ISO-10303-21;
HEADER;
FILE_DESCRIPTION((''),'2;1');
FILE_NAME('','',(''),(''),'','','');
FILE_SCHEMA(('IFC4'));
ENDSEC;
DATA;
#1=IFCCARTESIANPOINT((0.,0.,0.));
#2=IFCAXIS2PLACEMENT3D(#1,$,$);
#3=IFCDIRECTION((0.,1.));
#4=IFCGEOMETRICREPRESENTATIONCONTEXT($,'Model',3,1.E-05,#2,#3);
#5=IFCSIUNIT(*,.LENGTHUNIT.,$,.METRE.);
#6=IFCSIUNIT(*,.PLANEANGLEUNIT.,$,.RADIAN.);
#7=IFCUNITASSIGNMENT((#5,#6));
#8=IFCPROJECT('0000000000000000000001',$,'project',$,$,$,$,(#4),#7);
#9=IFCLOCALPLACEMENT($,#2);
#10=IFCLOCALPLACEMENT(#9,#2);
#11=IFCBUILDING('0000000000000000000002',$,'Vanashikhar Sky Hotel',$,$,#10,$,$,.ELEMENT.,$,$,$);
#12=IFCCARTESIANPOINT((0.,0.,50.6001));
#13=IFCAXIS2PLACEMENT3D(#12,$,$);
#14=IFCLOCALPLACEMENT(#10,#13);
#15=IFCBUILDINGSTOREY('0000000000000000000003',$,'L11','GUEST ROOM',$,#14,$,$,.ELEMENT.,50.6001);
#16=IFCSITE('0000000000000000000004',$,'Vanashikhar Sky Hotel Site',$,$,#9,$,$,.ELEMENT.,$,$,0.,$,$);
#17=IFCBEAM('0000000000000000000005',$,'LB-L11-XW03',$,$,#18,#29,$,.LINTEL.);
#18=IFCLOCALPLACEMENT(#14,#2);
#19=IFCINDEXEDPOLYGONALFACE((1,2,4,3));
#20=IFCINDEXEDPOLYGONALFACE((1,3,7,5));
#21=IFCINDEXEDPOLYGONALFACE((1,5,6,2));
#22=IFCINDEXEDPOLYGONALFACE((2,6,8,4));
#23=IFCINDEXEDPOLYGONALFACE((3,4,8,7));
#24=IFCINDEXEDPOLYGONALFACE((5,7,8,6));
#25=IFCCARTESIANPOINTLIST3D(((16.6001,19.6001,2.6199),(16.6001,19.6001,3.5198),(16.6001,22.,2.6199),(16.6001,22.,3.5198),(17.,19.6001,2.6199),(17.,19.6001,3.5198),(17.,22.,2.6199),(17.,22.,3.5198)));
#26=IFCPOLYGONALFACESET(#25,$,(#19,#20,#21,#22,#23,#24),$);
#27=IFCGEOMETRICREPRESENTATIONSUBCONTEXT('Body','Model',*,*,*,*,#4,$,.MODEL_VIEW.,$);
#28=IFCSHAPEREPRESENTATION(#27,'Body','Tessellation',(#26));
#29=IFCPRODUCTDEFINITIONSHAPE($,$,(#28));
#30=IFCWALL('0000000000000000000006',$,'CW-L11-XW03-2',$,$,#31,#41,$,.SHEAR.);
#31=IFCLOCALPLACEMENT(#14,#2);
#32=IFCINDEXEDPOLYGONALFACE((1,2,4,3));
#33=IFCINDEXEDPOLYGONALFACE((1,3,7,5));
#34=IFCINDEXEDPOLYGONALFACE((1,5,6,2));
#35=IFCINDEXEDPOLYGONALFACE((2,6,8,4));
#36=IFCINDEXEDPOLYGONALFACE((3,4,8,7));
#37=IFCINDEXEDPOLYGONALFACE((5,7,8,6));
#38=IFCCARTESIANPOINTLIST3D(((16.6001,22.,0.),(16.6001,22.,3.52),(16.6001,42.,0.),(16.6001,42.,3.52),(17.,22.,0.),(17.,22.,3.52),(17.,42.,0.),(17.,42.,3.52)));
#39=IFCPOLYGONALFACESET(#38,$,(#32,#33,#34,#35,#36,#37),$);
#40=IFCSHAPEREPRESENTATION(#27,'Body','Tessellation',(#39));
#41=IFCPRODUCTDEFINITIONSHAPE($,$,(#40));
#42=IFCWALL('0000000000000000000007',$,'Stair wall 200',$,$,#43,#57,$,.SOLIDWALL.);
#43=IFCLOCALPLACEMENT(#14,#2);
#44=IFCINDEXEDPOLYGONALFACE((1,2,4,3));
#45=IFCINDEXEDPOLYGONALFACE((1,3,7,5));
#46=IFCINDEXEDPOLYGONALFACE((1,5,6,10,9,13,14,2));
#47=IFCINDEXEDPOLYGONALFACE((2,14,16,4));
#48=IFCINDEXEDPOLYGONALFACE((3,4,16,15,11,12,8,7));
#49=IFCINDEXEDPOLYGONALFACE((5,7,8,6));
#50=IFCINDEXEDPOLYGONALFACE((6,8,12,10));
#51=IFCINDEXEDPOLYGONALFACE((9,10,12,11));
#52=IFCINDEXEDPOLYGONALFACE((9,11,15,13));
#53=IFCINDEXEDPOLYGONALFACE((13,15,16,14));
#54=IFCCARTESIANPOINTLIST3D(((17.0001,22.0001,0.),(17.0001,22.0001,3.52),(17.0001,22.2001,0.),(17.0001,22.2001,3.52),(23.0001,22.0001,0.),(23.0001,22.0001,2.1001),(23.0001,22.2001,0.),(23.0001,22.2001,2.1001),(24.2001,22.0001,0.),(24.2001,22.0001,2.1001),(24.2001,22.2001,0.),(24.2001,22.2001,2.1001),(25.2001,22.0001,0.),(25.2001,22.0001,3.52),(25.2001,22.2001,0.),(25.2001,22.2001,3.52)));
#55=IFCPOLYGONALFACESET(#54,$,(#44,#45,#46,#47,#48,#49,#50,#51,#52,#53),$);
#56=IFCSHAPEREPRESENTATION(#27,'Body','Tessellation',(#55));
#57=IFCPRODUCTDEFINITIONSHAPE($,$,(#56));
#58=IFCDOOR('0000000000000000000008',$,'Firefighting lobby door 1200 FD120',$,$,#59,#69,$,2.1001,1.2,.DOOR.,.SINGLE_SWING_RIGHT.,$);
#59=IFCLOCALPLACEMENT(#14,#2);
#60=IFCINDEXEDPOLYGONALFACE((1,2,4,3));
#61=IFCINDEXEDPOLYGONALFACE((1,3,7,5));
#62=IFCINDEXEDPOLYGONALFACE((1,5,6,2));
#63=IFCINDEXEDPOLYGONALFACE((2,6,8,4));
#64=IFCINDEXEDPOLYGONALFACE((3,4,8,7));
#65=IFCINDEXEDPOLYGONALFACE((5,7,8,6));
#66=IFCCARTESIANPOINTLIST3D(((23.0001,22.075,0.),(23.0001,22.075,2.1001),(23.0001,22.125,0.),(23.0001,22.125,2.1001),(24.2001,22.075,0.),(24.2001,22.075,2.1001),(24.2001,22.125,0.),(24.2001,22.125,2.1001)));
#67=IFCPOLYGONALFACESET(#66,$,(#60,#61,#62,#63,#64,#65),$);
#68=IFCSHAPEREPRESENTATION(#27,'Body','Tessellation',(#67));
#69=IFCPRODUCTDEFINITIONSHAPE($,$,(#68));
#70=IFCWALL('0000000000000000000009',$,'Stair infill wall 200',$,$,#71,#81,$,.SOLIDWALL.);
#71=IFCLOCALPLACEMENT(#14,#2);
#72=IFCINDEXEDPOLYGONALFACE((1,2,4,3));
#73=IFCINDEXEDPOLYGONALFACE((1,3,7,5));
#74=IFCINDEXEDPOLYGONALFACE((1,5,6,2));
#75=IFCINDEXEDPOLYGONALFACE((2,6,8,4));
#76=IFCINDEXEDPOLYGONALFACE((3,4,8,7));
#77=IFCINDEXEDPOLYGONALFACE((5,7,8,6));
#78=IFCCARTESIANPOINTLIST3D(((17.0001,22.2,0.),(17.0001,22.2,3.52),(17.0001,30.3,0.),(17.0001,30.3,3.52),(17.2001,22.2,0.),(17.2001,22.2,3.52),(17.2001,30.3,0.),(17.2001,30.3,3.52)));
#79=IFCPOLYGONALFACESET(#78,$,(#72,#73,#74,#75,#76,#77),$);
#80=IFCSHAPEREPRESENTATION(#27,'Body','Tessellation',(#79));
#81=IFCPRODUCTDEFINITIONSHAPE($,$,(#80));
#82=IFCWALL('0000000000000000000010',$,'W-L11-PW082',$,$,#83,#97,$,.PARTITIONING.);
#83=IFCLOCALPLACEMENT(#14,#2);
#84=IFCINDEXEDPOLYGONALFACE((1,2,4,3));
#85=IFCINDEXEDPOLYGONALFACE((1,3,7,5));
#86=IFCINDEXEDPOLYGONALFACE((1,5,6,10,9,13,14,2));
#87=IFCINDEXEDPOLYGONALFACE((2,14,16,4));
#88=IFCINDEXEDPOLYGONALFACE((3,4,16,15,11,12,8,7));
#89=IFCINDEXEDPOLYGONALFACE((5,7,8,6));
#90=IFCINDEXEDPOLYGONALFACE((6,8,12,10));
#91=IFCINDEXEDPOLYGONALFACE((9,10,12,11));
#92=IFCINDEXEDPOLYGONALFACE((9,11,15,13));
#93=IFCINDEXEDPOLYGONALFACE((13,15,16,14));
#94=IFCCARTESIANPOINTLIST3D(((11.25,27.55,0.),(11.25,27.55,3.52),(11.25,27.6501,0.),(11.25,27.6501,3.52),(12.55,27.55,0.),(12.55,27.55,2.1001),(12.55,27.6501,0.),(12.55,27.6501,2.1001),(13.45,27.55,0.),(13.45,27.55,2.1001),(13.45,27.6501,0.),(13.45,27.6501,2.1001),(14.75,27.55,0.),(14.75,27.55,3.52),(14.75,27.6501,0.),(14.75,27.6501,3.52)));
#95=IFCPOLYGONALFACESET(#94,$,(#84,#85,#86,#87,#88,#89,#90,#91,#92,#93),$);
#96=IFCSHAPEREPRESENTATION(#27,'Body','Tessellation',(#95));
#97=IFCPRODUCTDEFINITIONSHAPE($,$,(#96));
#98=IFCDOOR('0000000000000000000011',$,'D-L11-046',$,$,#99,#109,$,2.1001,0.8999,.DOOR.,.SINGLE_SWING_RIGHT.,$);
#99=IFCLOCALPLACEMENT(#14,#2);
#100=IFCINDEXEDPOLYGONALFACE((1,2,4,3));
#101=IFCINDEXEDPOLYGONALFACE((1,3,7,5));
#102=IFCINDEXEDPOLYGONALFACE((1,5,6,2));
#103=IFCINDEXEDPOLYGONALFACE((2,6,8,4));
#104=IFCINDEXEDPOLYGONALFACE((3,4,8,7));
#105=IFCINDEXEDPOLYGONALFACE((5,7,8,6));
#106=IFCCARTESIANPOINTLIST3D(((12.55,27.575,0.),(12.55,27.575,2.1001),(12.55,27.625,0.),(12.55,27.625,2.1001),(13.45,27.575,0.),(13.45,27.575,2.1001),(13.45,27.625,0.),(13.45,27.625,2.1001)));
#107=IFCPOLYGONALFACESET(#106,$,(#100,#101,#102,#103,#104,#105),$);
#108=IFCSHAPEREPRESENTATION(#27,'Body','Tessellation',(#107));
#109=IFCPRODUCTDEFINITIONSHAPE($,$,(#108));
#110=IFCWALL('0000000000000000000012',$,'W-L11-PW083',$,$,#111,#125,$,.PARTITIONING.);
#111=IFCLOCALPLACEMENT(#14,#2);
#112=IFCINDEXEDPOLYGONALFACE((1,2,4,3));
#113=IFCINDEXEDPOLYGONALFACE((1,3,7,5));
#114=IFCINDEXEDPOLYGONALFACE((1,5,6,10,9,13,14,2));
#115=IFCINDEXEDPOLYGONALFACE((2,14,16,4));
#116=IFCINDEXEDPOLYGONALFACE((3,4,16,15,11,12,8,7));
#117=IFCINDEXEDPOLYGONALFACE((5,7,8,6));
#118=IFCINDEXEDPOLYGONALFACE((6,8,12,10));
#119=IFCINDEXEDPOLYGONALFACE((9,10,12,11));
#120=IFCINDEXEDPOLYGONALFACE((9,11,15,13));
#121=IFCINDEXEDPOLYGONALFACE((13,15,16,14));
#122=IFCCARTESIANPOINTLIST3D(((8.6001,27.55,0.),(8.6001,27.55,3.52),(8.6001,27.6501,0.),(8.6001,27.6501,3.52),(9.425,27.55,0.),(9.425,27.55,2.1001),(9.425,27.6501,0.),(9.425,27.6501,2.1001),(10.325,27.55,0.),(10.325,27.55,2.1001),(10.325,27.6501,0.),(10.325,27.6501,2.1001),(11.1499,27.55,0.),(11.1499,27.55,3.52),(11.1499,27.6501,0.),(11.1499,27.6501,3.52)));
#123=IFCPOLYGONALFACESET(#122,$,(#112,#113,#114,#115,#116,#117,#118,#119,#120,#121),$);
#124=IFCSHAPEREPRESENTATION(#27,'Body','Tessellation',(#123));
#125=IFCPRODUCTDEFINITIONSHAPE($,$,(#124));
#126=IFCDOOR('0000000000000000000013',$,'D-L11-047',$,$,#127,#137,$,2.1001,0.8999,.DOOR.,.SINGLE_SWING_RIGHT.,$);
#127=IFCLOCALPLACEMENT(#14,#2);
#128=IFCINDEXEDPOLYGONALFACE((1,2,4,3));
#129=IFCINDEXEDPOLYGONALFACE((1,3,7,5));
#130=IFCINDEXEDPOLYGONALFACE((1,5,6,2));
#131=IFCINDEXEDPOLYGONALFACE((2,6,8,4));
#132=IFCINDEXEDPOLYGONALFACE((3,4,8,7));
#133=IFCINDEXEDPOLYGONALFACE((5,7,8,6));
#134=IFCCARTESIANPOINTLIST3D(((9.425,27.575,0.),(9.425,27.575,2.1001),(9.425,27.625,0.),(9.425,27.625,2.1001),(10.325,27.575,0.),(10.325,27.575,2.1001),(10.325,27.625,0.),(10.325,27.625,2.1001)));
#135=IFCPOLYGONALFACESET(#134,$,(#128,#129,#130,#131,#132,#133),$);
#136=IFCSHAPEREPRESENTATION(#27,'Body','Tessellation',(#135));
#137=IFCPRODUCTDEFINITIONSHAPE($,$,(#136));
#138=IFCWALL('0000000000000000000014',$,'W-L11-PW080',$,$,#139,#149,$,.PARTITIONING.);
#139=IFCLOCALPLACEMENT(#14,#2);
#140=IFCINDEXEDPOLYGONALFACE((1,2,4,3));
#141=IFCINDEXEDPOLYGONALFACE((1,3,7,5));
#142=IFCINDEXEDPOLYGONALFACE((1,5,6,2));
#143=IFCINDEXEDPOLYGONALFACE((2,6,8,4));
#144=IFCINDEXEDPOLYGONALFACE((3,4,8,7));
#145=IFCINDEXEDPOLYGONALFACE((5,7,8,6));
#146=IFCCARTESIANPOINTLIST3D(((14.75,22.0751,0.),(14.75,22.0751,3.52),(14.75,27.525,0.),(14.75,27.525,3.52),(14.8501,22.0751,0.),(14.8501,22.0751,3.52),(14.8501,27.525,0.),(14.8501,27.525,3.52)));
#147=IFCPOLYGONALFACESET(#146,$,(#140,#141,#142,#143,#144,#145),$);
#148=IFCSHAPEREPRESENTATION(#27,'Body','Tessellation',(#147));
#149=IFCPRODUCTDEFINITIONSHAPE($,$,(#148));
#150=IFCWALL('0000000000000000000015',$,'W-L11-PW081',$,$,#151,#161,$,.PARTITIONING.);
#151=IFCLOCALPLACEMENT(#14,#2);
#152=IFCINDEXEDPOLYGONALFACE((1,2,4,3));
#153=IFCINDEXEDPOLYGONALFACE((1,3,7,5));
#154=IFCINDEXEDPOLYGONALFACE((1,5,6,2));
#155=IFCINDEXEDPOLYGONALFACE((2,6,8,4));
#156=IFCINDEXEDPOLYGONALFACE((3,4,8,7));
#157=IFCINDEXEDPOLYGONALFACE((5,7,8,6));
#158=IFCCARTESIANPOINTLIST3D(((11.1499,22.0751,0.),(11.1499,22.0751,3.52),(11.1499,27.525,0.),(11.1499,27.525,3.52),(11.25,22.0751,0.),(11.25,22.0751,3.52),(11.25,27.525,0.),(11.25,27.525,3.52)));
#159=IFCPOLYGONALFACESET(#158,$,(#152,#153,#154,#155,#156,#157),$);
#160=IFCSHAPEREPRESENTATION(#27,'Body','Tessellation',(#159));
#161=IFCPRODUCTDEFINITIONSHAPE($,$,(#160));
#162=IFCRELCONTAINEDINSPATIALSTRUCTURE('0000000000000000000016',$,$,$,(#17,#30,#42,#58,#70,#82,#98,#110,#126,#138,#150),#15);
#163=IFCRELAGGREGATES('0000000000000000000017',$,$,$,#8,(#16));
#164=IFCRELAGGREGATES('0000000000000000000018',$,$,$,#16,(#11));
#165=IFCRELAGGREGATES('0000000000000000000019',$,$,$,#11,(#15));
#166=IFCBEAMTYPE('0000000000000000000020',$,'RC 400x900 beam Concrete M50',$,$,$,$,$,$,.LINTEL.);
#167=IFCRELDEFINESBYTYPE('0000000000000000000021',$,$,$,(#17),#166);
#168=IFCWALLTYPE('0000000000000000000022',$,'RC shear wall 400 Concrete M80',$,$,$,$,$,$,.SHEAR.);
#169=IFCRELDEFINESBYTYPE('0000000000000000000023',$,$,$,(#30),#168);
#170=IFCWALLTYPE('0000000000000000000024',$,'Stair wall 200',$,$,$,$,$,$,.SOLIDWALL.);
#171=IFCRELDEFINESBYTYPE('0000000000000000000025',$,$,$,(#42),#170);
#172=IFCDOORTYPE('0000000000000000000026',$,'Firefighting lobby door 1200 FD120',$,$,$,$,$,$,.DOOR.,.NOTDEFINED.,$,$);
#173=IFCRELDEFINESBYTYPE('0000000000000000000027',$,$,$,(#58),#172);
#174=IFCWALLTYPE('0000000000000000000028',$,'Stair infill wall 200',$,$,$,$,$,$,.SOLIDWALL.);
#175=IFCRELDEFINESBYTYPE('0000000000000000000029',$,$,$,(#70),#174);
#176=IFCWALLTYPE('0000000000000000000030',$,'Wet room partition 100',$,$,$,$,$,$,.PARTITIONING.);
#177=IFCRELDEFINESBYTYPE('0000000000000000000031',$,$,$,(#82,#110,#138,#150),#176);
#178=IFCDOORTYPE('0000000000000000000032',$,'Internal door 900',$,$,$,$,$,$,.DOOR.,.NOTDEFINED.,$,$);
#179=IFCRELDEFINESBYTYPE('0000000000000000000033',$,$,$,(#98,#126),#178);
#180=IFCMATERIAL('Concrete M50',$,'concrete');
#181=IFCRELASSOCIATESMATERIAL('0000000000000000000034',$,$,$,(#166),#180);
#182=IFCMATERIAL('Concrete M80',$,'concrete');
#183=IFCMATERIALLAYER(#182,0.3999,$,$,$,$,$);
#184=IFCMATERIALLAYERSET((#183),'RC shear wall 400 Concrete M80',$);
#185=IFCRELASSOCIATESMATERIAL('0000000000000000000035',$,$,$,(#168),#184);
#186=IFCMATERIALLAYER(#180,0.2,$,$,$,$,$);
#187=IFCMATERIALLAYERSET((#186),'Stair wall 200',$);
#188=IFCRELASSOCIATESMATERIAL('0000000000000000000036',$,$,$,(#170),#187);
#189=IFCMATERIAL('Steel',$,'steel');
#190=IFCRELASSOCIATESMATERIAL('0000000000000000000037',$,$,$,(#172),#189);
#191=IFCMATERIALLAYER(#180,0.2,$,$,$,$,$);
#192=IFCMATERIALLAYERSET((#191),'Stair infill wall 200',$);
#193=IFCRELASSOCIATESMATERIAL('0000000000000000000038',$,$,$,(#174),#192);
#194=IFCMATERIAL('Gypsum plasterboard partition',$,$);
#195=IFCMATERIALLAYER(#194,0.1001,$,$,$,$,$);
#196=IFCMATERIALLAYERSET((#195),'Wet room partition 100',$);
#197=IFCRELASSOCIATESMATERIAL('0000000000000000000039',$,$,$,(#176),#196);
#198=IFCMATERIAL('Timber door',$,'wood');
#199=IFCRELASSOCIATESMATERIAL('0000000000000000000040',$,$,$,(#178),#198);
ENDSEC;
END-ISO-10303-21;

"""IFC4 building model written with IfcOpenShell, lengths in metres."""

from ifc_helpers import new_model, si_unit, direction, frame, frame_2d, origin, origin_2d, place, context, subcontext, project, spatial, rectangle, extrude, source, transform, mapped, material, layer, layer_set, material_profile, profile_set, type_object, element, fill, save


model = new_model("IFC4")

# Units and contexts
model_context = context("Model", 3, precision=1e-05, world=origin(), true_north=direction((0.0, 1.0)))
body_context = subcontext(model_context, "Body", "Model", "MODEL_VIEW")
ifc_project = project(units=[si_unit("LENGTHUNIT", "METRE"), si_unit("PLANEANGLEUNIT", "RADIAN")], contexts=[model_context])

# Site, building, storey
site_placement = place(None, origin())
site = spatial("IfcSite", under=ifc_project, at=site_placement, Name="Vanashikhar Sky Hotel Site", CompositionType="ELEMENT", RefElevation=0.0)
building_placement = place(site_placement, origin())
building = spatial("IfcBuilding", under=site, at=building_placement, Name="Vanashikhar Sky Hotel", CompositionType="ELEMENT")
storey_placement = place(building_placement, frame((0.0, 0.0, 50.6001)))
storey = spatial("IfcBuildingStorey", under=building, at=storey_placement, Name="L11", Description="GUEST ROOM", CompositionType="ELEMENT", Elevation=50.6001)

# Beam
ifc_material_1 = material(Name="Concrete M50", Category="concrete")
ifc_material_profile = material_profile(ifc_material_1, rectangle(XDim=0.3999, YDim=0.8999, at=origin_2d()))
ifc_profile_set = profile_set([ifc_material_profile], Name="RC 400x900 beam Concrete M50")
beam_type = type_object("IfcBeamType", Name="RC 400x900 beam Concrete M50", PredefinedType="LINTEL", material=ifc_profile_set)
shared_shape_1 = source(origin(), body_context, "Body", "SweptSolid", [
    extrude(rectangle(XDim=0.3999, YDim=0.8999, at=origin_2d()), origin(), (0.0, 0.0, 1.0), 2.3999),
])
beam_placement = place(storey_placement, frame((16.8, 19.6001, 3.0698), z_axis=(0.0, 1.0, 0.0), x_axis=(-1.0, 0.0, 0.0)))
element("IfcBeam", 1, at=beam_placement, inside=storey, type_object=beam_type, Name="LB-L11-XW03", PredefinedType="LINTEL", context=body_context, shape_type="MappedRepresentation", body=[
    mapped(shared_shape_1, transform((0.0, 0.0, 0.0), scale=1.0)),
])

# Wall
ifc_material_2 = material(Name="Concrete M80", Category="concrete")
ifc_layer_1 = layer(ifc_material_2, 0.3999)
ifc_layer_set_1 = layer_set([ifc_layer_1], Name="RC shear wall 400 Concrete M80")
wall_type_1 = type_object("IfcWallType", Name="RC shear wall 400 Concrete M80", PredefinedType="SHEAR", material=ifc_layer_set_1)
shared_shape_2 = source(origin(), body_context, "Body", "SweptSolid", [
    extrude(rectangle(XDim=20.0, YDim=0.3999, at=frame_2d((10.0, 0.0))), origin(), (0.0, 0.0, 1.0), 3.52),
])
wall_1_placement = place(storey_placement, frame((16.8, 22.0, 0.0), z_axis=(0.0, 0.0, 1.0), x_axis=(0.0, 1.0, 0.0)))
element("IfcWall", 2, at=wall_1_placement, inside=storey, type_object=wall_type_1, Name="CW-L11-XW03-2", PredefinedType="SHEAR", context=body_context, shape_type="MappedRepresentation", body=[
    mapped(shared_shape_2, transform((0.0, 0.0, 0.0), scale=1.0)),
])

# Wall, opening, door
ifc_layer_2 = layer(ifc_material_1, 0.2)
ifc_layer_set_2 = layer_set([ifc_layer_2], Name="Stair wall 200")
wall_type_2 = type_object("IfcWallType", Name="Stair wall 200", PredefinedType="SOLIDWALL", material=ifc_layer_set_2)
shared_shape_3 = source(origin(), body_context, "Body", "SweptSolid", [
    extrude(rectangle(XDim=8.2, YDim=0.2, at=frame_2d((4.1001, 0.0))), origin(), (0.0, 0.0, 1.0), 3.52),
])
wall_2_placement = place(storey_placement, frame((17.0, 22.1001, 0.0), z_axis=(0.0, 0.0, 1.0), x_axis=(1.0, 0.0, 0.0)))
wall_2 = element("IfcWall", 3, at=wall_2_placement, inside=storey, type_object=wall_type_2, Name="Stair wall 200", PredefinedType="SOLIDWALL", context=body_context, shape_type="MappedRepresentation", body=[
    mapped(shared_shape_3, transform((0.0, 0.0, 0.0), scale=1.0)),
])
shared_shape_4 = source(origin(), body_context, "Body", "SweptSolid", [
    extrude(rectangle(XDim=1.2, YDim=2.1001, at=frame_2d((0.6001, 1.05))), frame((0.0, 0.1099, 0.0), z_axis=(0.0, -1.0, 0.0), x_axis=(1.0, 0.0, 0.0)), (0.0, 0.0, 1.0), 0.22),
])
opening_1_placement = place(wall_2_placement, frame((6.0, 0.0, 0.0)))
opening_1 = element("IfcOpeningElement", 4, at=opening_1_placement, cuts=wall_2, PredefinedType="OPENING", context=body_context, shape_type="MappedRepresentation", body=[
    mapped(shared_shape_4, transform((0.0, 0.0, 0.0), scale=1.0)),
])
ifc_material_3 = material(Name="Steel", Category="steel")
door_type_1 = type_object("IfcDoorType", Name="Firefighting lobby door 1200 FD120", OperationType="NOTDEFINED", PredefinedType="DOOR", material=ifc_material_3)
shared_shape_5 = source(origin(), body_context, "Body", "SweptSolid", [
    extrude(rectangle(XDim=1.2, YDim=2.1001, at=frame_2d((0.6001, 1.05))), frame((0.0, 0.0249, 0.0), z_axis=(0.0, -1.0, 0.0), x_axis=(1.0, 0.0, 0.0)), (0.0, 0.0, 1.0), 0.05),
])
door_1_placement = place(opening_1_placement, origin())
door_1 = element("IfcDoor", 5, at=door_1_placement, inside=storey, type_object=door_type_1, Name="Firefighting lobby door 1200 FD120", OperationType="SINGLE_SWING_RIGHT", OverallHeight=2.1001, OverallWidth=1.2, PredefinedType="DOOR", context=body_context, shape_type="MappedRepresentation", body=[
    mapped(shared_shape_5, transform((0.0, 0.0, 0.0), scale=1.0)),
])
fill(opening_1, door_1)

# Wall
ifc_layer_3 = layer(ifc_material_1, 0.2)
ifc_layer_set_3 = layer_set([ifc_layer_3], Name="Stair infill wall 200")
wall_type_3 = type_object("IfcWallType", Name="Stair infill wall 200", PredefinedType="SOLIDWALL", material=ifc_layer_set_3)
shared_shape_6 = source(origin(), body_context, "Body", "SweptSolid", [
    extrude(rectangle(XDim=8.1001, YDim=0.2, at=frame_2d((4.05, 0.0))), origin(), (0.0, 0.0, 1.0), 3.52),
])
wall_3_placement = place(storey_placement, frame((17.1001, 22.2, 0.0), z_axis=(0.0, 0.0, 1.0), x_axis=(0.0, 1.0, 0.0)))
element("IfcWall", 6, at=wall_3_placement, inside=storey, type_object=wall_type_3, Name="Stair infill wall 200", PredefinedType="SOLIDWALL", context=body_context, shape_type="MappedRepresentation", body=[
    mapped(shared_shape_6, transform((0.0, 0.0, 0.0), scale=1.0)),
])

# Walls, openings, doors
ifc_material_4 = material(Name="Gypsum plasterboard partition")
ifc_layer_4 = layer(ifc_material_4, 0.1001)
ifc_layer_set_4 = layer_set([ifc_layer_4], Name="Wet room partition 100")
wall_type_4 = type_object("IfcWallType", Name="Wet room partition 100", PredefinedType="PARTITIONING", material=ifc_layer_set_4)
shared_shape_7 = source(origin(), body_context, "Body", "SweptSolid", [
    extrude(rectangle(XDim=3.5, YDim=0.1001, at=frame_2d((1.75, 0.0))), origin(), (0.0, 0.0, 1.0), 3.52),
])
wall_4_placement = place(storey_placement, frame((11.25, 27.6001, 0.0), z_axis=(0.0, 0.0, 1.0), x_axis=(1.0, 0.0, 0.0)))
wall_4 = element("IfcWall", 7, at=wall_4_placement, inside=storey, type_object=wall_type_4, Name="W-L11-PW082", PredefinedType="PARTITIONING", context=body_context, shape_type="MappedRepresentation", body=[
    mapped(shared_shape_7, transform((0.0, 0.0, 0.0), scale=1.0)),
])
shared_shape_8 = source(origin(), body_context, "Body", "SweptSolid", [
    extrude(rectangle(XDim=0.8999, YDim=2.1001, at=frame_2d((0.45, 1.05))), frame((0.0, 0.0601, 0.0), z_axis=(0.0, -1.0, 0.0), x_axis=(1.0, 0.0, 0.0)), (0.0, 0.0, 1.0), 0.1201),
])
opening_2_placement = place(wall_4_placement, frame((1.3, 0.0, 0.0)))
opening_2 = element("IfcOpeningElement", 8, at=opening_2_placement, cuts=wall_4, PredefinedType="OPENING", context=body_context, shape_type="MappedRepresentation", body=[
    mapped(shared_shape_8, transform((0.0, 0.0, 0.0), scale=1.0)),
])
ifc_material_5 = material(Name="Timber door", Category="wood")
door_type_2 = type_object("IfcDoorType", Name="Internal door 900", OperationType="NOTDEFINED", PredefinedType="DOOR", material=ifc_material_5)
shared_shape_9 = source(origin(), body_context, "Body", "SweptSolid", [
    extrude(rectangle(XDim=0.8999, YDim=2.1001, at=frame_2d((0.45, 1.05))), frame((0.0, 0.0249, 0.0), z_axis=(0.0, -1.0, 0.0), x_axis=(1.0, 0.0, 0.0)), (0.0, 0.0, 1.0), 0.05),
])
door_2_placement = place(opening_2_placement, origin())
door_2 = element("IfcDoor", 9, at=door_2_placement, inside=storey, type_object=door_type_2, Name="D-L11-046", OperationType="SINGLE_SWING_RIGHT", OverallHeight=2.1001, OverallWidth=0.8999, PredefinedType="DOOR", context=body_context, shape_type="MappedRepresentation", body=[
    mapped(shared_shape_9, transform((0.0, 0.0, 0.0), scale=1.0)),
])
fill(opening_2, door_2)
shared_shape_10 = source(origin(), body_context, "Body", "SweptSolid", [
    extrude(rectangle(XDim=2.5498, YDim=0.1001, at=frame_2d((1.2749, 0.0))), origin(), (0.0, 0.0, 1.0), 3.52),
])
wall_5_placement = place(storey_placement, frame((8.6001, 27.6001, 0.0), z_axis=(0.0, 0.0, 1.0), x_axis=(1.0, 0.0, 0.0)))
wall_5 = element("IfcWall", 10, at=wall_5_placement, inside=storey, type_object=wall_type_4, Name="W-L11-PW083", PredefinedType="PARTITIONING", context=body_context, shape_type="MappedRepresentation", body=[
    mapped(shared_shape_10, transform((0.0, 0.0, 0.0), scale=1.0)),
])
opening_3_placement = place(wall_5_placement, frame((0.825, 0.0, 0.0)))
opening_3 = element("IfcOpeningElement", 11, at=opening_3_placement, cuts=wall_5, PredefinedType="OPENING", context=body_context, shape_type="MappedRepresentation", body=[
    mapped(shared_shape_8, transform((0.0, 0.0, 0.0), scale=1.0)),
])
door_3_placement = place(opening_3_placement, origin())
door_3 = element("IfcDoor", 12, at=door_3_placement, inside=storey, type_object=door_type_2, Name="D-L11-047", OperationType="SINGLE_SWING_RIGHT", OverallHeight=2.1001, OverallWidth=0.8999, PredefinedType="DOOR", context=body_context, shape_type="MappedRepresentation", body=[
    mapped(shared_shape_9, transform((0.0, 0.0, 0.0), scale=1.0)),
])
fill(opening_3, door_3)

# Walls
shared_shape_11 = source(origin(), body_context, "Body", "SweptSolid", [
    extrude(rectangle(XDim=5.45, YDim=0.1001, at=frame_2d((2.7251, 0.0))), origin(), (0.0, 0.0, 1.0), 3.52),
])
for number, where, z_axis, x_axis, name in (
    (13, (14.8, 22.075, 0.0), (0.0, 0.0, 1.0), (0.0, 1.0, 0.0), "W-L11-PW080"),
    (14, (11.2, 22.075, 0.0), (0.0, 0.0, 1.0), (0.0, 1.0, 0.0), "W-L11-PW081"),
):
    element("IfcWall", number, at=place(storey_placement, frame(where, z_axis=z_axis, x_axis=x_axis)), inside=storey, type_object=wall_type_4, Name=name, PredefinedType="PARTITIONING", context=body_context, shape_type="MappedRepresentation", body=[
        mapped(shared_shape_11, transform((0.0, 0.0, 0.0), scale=1.0)),
    ])

save(model, "model.ifc")
